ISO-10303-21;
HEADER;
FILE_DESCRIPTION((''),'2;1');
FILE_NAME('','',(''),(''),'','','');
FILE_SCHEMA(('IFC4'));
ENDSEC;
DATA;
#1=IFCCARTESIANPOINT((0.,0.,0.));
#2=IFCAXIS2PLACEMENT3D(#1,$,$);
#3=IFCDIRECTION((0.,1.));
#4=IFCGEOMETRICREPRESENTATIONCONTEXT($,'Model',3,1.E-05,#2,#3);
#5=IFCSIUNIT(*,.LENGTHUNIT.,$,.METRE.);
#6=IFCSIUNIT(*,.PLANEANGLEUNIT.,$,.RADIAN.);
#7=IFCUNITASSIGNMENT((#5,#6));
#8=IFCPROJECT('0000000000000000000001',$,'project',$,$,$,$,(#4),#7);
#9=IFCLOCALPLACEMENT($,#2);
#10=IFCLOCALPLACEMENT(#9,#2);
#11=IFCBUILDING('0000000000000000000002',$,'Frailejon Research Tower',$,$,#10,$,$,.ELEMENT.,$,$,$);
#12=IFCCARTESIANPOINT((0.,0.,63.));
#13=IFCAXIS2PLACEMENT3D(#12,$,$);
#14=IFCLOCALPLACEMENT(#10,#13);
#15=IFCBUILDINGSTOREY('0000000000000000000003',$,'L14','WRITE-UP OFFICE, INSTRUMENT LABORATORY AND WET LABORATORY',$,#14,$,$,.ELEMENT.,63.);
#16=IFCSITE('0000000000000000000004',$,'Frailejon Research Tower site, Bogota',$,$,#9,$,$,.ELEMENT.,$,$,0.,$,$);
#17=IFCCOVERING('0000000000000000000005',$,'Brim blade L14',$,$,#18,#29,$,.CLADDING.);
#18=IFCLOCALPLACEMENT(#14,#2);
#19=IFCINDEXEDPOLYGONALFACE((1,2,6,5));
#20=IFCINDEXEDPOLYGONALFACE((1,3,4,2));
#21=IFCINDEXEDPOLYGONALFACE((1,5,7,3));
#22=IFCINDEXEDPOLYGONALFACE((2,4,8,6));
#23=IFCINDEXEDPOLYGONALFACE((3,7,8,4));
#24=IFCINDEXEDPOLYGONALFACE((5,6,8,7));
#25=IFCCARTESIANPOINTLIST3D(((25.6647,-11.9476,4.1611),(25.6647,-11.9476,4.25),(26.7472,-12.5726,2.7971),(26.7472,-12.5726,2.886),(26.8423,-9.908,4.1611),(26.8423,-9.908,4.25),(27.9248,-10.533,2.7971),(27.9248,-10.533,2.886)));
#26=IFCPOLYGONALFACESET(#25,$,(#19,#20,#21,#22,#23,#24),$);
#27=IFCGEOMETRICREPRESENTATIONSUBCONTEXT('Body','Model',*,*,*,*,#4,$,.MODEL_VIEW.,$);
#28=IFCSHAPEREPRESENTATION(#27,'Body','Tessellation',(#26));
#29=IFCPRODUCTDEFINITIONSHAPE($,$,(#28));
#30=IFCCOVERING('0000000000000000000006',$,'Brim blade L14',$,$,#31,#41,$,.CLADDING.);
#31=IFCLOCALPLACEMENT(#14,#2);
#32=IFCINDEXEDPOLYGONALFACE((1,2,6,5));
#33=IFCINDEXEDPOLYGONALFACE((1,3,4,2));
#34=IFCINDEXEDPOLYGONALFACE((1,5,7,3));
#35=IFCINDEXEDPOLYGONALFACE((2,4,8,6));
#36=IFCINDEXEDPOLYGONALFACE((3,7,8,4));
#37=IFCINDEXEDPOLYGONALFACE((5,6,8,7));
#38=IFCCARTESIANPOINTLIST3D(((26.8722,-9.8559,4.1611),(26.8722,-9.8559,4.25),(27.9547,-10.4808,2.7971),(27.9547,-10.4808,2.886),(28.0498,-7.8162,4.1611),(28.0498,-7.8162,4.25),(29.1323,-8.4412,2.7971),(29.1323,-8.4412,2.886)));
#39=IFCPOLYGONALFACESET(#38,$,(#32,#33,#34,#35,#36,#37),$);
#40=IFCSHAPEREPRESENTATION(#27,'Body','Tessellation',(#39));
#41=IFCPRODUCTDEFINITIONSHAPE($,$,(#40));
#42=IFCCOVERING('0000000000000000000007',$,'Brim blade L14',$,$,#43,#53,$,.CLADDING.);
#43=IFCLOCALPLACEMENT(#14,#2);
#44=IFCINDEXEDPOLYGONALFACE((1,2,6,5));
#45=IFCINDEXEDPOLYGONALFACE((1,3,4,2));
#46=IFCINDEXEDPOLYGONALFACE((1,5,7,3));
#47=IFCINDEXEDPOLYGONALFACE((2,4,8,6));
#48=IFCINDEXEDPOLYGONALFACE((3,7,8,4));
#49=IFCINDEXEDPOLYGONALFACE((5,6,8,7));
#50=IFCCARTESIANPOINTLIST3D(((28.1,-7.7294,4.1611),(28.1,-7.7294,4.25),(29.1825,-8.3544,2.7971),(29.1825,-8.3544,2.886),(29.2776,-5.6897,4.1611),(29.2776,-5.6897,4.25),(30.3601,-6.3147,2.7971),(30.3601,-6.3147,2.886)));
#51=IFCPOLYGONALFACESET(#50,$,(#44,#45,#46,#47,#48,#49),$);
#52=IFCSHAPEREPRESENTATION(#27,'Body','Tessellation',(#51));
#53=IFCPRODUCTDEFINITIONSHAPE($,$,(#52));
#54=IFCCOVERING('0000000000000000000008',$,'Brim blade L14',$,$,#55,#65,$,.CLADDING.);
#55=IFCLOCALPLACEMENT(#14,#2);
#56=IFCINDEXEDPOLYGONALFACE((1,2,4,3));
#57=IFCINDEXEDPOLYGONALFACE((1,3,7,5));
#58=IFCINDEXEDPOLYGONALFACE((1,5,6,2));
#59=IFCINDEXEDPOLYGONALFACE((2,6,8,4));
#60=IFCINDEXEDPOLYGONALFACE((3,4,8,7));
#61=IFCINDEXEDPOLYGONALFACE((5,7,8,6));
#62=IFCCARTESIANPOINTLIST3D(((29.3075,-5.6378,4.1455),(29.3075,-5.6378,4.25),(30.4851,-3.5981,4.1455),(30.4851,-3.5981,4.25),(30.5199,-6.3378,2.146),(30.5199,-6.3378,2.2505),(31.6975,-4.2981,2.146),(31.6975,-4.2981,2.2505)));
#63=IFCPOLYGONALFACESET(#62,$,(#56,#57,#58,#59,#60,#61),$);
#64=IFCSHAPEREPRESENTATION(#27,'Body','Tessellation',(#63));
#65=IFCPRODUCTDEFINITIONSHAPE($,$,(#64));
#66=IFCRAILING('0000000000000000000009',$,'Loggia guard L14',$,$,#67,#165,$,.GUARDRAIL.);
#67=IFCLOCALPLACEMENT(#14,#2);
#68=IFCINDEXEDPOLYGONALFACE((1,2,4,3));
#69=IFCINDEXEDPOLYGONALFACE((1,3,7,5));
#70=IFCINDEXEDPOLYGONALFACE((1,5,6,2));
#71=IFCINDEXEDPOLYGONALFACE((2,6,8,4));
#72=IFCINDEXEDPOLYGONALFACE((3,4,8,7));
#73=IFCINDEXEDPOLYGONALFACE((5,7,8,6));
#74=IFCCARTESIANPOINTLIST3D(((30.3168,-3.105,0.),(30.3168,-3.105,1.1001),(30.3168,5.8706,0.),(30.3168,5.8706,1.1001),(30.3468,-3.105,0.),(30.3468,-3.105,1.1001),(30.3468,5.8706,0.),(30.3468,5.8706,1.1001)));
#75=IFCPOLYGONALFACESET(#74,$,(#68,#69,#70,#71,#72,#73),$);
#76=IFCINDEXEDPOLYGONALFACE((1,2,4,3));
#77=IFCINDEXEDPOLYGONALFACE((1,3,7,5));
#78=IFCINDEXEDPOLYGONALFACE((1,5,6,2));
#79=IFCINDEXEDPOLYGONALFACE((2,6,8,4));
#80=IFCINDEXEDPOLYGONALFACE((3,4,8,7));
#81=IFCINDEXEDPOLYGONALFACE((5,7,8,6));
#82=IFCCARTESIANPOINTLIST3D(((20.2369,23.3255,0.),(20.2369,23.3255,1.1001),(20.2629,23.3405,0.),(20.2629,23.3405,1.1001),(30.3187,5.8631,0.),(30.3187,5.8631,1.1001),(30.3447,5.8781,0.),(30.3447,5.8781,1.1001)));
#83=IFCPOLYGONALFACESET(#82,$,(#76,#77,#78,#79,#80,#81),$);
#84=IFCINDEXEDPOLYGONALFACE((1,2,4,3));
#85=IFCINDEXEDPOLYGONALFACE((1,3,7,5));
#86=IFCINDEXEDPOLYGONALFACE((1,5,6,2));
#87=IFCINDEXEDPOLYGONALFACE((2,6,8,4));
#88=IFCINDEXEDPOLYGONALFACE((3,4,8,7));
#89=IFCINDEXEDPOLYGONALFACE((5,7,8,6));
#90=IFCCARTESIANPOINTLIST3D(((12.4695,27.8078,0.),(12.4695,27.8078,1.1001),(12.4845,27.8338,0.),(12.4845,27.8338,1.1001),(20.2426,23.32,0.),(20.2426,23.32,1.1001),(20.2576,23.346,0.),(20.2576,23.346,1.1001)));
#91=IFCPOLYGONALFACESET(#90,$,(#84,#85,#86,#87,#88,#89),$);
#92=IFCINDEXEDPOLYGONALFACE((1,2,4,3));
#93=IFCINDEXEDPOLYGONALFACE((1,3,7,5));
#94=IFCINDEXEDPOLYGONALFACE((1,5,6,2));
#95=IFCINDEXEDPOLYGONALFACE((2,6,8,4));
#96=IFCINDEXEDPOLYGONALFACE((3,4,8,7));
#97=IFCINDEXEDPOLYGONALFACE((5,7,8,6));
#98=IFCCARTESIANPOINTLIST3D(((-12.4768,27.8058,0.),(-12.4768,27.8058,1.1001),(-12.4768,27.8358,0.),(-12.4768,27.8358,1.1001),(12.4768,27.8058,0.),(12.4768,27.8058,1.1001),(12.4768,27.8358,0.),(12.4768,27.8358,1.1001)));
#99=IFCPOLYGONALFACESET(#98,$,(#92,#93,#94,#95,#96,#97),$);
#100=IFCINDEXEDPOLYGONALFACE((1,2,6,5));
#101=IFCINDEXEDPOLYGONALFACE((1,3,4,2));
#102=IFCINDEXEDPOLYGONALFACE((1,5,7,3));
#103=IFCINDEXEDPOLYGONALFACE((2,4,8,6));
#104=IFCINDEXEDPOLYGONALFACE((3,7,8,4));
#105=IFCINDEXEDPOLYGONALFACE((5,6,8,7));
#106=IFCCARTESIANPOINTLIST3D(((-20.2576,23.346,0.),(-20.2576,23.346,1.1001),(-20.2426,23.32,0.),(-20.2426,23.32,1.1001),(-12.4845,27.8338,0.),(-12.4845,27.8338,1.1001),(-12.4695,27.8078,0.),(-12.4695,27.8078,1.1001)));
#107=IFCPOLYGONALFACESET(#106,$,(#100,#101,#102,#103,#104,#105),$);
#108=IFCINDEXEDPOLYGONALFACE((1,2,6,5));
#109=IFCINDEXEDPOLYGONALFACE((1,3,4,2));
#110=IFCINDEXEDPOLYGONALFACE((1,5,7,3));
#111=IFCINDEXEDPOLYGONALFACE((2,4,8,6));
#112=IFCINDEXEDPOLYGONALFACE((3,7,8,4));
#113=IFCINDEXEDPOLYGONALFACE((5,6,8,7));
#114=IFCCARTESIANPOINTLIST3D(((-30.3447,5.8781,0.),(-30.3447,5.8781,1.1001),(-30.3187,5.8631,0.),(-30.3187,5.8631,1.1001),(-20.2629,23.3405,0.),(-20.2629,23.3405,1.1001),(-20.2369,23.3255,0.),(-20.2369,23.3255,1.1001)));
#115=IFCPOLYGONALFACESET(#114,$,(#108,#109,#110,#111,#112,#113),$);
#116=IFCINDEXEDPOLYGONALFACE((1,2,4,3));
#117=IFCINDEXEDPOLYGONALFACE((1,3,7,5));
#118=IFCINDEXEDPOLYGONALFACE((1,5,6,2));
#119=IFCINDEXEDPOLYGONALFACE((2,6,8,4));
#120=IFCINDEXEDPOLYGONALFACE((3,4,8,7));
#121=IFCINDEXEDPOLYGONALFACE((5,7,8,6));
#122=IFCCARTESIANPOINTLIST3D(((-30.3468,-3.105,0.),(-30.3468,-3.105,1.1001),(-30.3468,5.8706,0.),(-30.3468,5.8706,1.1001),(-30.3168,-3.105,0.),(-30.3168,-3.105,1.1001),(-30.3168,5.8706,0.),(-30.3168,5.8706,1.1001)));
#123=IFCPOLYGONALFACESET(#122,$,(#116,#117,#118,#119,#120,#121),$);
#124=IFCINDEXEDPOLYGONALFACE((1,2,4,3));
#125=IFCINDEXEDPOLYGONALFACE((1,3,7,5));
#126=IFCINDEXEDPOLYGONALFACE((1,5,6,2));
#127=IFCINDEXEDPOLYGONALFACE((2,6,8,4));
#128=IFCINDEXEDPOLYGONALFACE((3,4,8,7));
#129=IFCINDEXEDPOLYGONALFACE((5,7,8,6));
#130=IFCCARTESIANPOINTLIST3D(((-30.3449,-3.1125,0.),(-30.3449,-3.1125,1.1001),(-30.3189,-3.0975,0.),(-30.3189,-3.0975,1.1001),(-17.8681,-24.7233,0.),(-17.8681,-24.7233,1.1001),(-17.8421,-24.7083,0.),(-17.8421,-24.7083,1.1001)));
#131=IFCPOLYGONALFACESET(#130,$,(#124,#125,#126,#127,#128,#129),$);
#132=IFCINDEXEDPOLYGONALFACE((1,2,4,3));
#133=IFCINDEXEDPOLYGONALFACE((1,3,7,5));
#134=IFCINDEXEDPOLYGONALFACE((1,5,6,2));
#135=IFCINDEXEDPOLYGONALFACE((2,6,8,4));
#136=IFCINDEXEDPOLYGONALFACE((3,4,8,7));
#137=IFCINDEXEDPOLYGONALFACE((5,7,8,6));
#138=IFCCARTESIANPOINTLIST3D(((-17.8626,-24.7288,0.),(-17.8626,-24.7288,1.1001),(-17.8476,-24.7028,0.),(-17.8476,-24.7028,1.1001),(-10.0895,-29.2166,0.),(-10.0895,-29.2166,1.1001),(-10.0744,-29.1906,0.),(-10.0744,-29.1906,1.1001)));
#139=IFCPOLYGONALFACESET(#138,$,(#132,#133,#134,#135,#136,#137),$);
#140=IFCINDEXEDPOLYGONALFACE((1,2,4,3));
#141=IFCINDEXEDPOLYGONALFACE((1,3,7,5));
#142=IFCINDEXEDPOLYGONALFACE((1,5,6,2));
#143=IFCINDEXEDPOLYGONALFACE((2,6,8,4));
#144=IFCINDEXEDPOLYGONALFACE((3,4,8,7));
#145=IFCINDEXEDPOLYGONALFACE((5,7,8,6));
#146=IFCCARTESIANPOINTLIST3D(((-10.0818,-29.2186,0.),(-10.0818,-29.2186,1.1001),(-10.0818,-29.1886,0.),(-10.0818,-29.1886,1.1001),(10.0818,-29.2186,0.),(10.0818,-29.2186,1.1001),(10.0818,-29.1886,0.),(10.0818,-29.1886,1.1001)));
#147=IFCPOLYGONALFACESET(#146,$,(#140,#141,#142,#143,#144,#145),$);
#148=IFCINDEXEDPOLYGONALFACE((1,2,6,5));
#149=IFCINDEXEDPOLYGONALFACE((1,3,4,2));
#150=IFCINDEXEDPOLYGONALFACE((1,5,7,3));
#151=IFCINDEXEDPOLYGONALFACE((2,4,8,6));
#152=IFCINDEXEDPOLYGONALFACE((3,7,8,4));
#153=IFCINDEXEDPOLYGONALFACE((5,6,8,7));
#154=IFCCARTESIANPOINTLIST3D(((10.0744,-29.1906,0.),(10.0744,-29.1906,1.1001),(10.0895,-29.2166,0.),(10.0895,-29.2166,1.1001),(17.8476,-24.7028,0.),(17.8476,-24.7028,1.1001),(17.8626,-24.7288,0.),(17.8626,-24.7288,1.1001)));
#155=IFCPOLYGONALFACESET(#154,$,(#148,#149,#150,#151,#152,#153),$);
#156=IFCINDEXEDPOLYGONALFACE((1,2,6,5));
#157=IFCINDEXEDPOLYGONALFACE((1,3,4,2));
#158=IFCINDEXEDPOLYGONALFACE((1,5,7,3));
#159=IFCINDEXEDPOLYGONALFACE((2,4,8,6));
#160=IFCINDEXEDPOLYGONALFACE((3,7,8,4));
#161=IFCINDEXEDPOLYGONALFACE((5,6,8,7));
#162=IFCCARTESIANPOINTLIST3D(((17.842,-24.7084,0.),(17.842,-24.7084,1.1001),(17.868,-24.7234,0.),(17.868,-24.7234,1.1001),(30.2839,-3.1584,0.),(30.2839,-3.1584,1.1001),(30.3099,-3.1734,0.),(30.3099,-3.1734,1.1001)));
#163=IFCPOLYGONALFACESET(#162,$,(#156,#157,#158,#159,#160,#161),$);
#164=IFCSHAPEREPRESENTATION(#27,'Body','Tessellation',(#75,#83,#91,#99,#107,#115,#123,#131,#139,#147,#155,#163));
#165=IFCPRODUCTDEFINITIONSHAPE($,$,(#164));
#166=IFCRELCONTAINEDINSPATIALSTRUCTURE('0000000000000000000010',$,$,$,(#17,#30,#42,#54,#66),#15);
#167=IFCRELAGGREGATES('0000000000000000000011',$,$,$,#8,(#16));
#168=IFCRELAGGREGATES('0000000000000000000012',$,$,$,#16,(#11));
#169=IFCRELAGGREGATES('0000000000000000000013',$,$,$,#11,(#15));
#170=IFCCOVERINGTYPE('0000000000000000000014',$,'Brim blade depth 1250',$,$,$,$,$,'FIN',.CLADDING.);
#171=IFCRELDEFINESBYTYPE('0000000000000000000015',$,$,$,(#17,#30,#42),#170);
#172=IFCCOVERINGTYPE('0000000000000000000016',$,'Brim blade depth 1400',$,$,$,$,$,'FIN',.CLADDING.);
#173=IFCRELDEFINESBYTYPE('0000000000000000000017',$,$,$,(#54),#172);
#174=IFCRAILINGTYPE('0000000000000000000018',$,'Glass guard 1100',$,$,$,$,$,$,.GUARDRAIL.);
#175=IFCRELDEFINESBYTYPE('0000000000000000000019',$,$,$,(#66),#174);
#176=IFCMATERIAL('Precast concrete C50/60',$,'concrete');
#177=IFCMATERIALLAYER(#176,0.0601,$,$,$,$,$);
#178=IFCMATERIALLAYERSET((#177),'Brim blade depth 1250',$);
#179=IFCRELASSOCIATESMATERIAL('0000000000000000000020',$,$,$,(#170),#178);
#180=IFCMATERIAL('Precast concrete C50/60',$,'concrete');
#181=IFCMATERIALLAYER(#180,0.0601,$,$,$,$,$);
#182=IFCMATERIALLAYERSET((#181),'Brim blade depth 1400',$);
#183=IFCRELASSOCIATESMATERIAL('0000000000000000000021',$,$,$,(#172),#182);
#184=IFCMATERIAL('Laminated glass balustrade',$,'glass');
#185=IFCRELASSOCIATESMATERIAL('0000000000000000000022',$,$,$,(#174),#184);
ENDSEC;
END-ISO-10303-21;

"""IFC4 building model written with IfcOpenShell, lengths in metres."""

from ifc_helpers import new_model, si_unit, direction, frame, origin, origin_2d, place, context, subcontext, project, spatial, polyline, rectangle, outline, extrude, material, layer, layer_set, type_object, element, save


model = new_model("IFC4")

# Units and contexts
model_context = context("Model", 3, precision=1e-05, world=origin(), true_north=direction((0.0, 1.0)))
body_context = subcontext(model_context, "Body", "Model", "MODEL_VIEW")
ifc_project = project(units=[si_unit("LENGTHUNIT", "METRE"), si_unit("PLANEANGLEUNIT", "RADIAN")], contexts=[model_context])

# Site, building, storey
site_placement = place(None, origin())
site = spatial("IfcSite", under=ifc_project, at=site_placement, Name="Frailejon Research Tower site, Bogota", CompositionType="ELEMENT", RefElevation=0.0)
building_placement = place(site_placement, origin())
building = spatial("IfcBuilding", under=site, at=building_placement, Name="Frailejon Research Tower", CompositionType="ELEMENT")
storey_placement = place(building_placement, frame((0.0, 0.0, 63.0)))
storey = spatial("IfcBuildingStorey", under=building, at=storey_placement, Name="L14", Description="WRITE-UP OFFICE, INSTRUMENT LABORATORY AND WET LABORATORY", CompositionType="ELEMENT", Elevation=63.0)

# Coverings
ifc_material_1 = material(Name="Precast concrete C50/60", Category="concrete")
ifc_layer_1 = layer(ifc_material_1, 0.0601)
ifc_layer_set_1 = layer_set([ifc_layer_1], Name="Brim blade depth 1250")
covering_type_1 = type_object("IfcCoveringType", Name="Brim blade depth 1250", ElementType="FIN", PredefinedType="CLADDING", material=ifc_layer_set_1)
for number, where, z_axis, x_axis, name in (
    (1, (26.8423, -9.908, 4.25), (-0.499997, -0.866027, 0.0), (0.866027, -0.499997, 0.0), "Brim blade L14"),
    (2, (28.0498, -7.8162, 4.25), (-0.499997, -0.866027, 0.0), (0.866027, -0.499997, 0.0), "Brim blade L14"),
    (3, (29.2776, -5.6897, 4.25), (-0.499997, -0.866027, 0.0), (0.866027, -0.499997, 0.0), "Brim blade L14"),
):
    element("IfcCovering", number, at=place(storey_placement, frame(where, z_axis=z_axis, x_axis=x_axis)), inside=storey, type_object=covering_type_1, Name=name, PredefinedType="CLADDING", context=body_context, shape_type="SweptSolid", body=[
        extrude(outline(polyline([(0.0, -0.0889), (1.25, -1.4529), (1.25, -1.364), (0.0, 0.0), (0.0, -0.0889)])), origin(), (0.0, 0.0, 1.0), 2.3552),
    ])
ifc_material_2 = material(Name="Precast concrete C50/60", Category="concrete")
ifc_layer_2 = layer(ifc_material_2, 0.0601)
ifc_layer_set_2 = layer_set([ifc_layer_2], Name="Brim blade depth 1400")
covering_type_2 = type_object("IfcCoveringType", Name="Brim blade depth 1400", ElementType="FIN", PredefinedType="CLADDING", material=ifc_layer_set_2)
covering_1_placement = place(storey_placement, frame((30.4851, -3.5981, 4.25), z_axis=(-0.499997, -0.866027, 0.0), x_axis=(0.866027, -0.499997, 0.0)))
element("IfcCovering", 4, at=covering_1_placement, inside=storey, type_object=covering_type_2, Name="Brim blade L14", PredefinedType="CLADDING", context=body_context, shape_type="SweptSolid", body=[
    extrude(outline(polyline([(0.0, -0.1045), (1.3999, -2.104), (1.3999, -1.9995), (0.0, 0.0), (0.0, -0.1045)])), origin(), (0.0, 0.0, 1.0), 2.3552),
])

# Railing
ifc_material_3 = material(Name="Laminated glass balustrade", Category="glass")
railing_type = type_object("IfcRailingType", Name="Glass guard 1100", PredefinedType="GUARDRAIL", material=ifc_material_3)
railing_placement = place(storey_placement, frame((30.3318, -3.105, 0.0)))
element("IfcRailing", 5, at=railing_placement, inside=storey, type_object=railing_type, Name="Loggia guard L14", PredefinedType="GUARDRAIL", context=body_context, shape_type="SweptSolid", body=[
    extrude(rectangle(XDim=8.9756, YDim=0.03, at=origin_2d()), frame((0.0, 4.4878, 0.0), z_axis=(0.0, 0.0, 1.0), x_axis=(0.0, 1.0, 0.0)), (0.0, 0.0, 1.0), 1.1001),
    extrude(rectangle(XDim=20.1638, YDim=0.03, at=origin_2d()), frame((-5.041, 17.7068, 0.0), z_axis=(0.0, 0.0, 1.0), x_axis=(-0.499995, 0.866028, 0.0)), (0.0, 0.0, 1.0), 1.1001),
    extrude(rectangle(XDim=8.9756, YDim=0.03, at=origin_2d()), frame((-13.9683, 28.6819, 0.0), z_axis=(0.0, 0.0, 1.0), x_axis=(-0.866028, 0.499995, 0.0)), (0.0, 0.0, 1.0), 1.1001),
    extrude(rectangle(XDim=24.9536, YDim=0.03, at=origin_2d()), frame((-30.3318, 30.9258, 0.0), z_axis=(0.0, 0.0, 1.0), x_axis=(-1.0, 0.0, 0.0)), (0.0, 0.0, 1.0), 1.1001),
    extrude(rectangle(XDim=8.9756, YDim=0.03, at=origin_2d()), frame((-46.6953, 28.6819, 0.0), z_axis=(0.0, 0.0, 1.0), x_axis=(-0.866028, -0.499995, 0.0)), (0.0, 0.0, 1.0), 1.1001),
    extrude(rectangle(XDim=20.1638, YDim=0.03, at=origin_2d()), frame((-55.6226, 17.7068, 0.0), z_axis=(0.0, 0.0, 1.0), x_axis=(-0.499995, -0.866028, 0.0)), (0.0, 0.0, 1.0), 1.1001),
    extrude(rectangle(XDim=8.9756, YDim=0.03, at=origin_2d()), frame((-60.6636, 4.4878, 0.0), z_axis=(0.0, 0.0, 1.0), x_axis=(0.0, -1.0, 0.0)), (0.0, 0.0, 1.0), 1.1001),
    extrude(rectangle(XDim=24.9539, YDim=0.03, at=origin_2d()), frame((-54.4253, -10.8054, 0.0), z_axis=(0.0, 0.0, 1.0), x_axis=(0.499993, -0.866029, 0.0)), (0.0, 0.0, 1.0), 1.1001),
    extrude(rectangle(XDim=8.9756, YDim=0.03, at=origin_2d()), frame((-44.3003, -23.8547, 0.0), z_axis=(0.0, 0.0, 1.0), x_axis=(0.866028, -0.499995, 0.0)), (0.0, 0.0, 1.0), 1.1001),
    extrude(rectangle(XDim=20.1636, YDim=0.03, at=origin_2d()), frame((-30.3318, -26.0986, 0.0), z_axis=(0.0, 0.0, 1.0), x_axis=(1.0, 0.0, 0.0)), (0.0, 0.0, 1.0), 1.1001),
    extrude(rectangle(XDim=8.9756, YDim=0.03, at=origin_2d()), frame((-16.3633, -23.8547, 0.0), z_axis=(0.0, 0.0, 1.0), x_axis=(0.866028, 0.499995, 0.0)), (0.0, 0.0, 1.0), 1.1001),
    extrude(rectangle(XDim=24.8838, YDim=0.03, at=origin_2d()), frame((-6.2559, -10.8359, 0.0), z_axis=(0.0, 0.0, 1.0), x_axis=(0.499999, 0.866026, 0.0)), (0.0, 0.0, 1.0), 1.1001),
])

save(model, "model.ifc")
